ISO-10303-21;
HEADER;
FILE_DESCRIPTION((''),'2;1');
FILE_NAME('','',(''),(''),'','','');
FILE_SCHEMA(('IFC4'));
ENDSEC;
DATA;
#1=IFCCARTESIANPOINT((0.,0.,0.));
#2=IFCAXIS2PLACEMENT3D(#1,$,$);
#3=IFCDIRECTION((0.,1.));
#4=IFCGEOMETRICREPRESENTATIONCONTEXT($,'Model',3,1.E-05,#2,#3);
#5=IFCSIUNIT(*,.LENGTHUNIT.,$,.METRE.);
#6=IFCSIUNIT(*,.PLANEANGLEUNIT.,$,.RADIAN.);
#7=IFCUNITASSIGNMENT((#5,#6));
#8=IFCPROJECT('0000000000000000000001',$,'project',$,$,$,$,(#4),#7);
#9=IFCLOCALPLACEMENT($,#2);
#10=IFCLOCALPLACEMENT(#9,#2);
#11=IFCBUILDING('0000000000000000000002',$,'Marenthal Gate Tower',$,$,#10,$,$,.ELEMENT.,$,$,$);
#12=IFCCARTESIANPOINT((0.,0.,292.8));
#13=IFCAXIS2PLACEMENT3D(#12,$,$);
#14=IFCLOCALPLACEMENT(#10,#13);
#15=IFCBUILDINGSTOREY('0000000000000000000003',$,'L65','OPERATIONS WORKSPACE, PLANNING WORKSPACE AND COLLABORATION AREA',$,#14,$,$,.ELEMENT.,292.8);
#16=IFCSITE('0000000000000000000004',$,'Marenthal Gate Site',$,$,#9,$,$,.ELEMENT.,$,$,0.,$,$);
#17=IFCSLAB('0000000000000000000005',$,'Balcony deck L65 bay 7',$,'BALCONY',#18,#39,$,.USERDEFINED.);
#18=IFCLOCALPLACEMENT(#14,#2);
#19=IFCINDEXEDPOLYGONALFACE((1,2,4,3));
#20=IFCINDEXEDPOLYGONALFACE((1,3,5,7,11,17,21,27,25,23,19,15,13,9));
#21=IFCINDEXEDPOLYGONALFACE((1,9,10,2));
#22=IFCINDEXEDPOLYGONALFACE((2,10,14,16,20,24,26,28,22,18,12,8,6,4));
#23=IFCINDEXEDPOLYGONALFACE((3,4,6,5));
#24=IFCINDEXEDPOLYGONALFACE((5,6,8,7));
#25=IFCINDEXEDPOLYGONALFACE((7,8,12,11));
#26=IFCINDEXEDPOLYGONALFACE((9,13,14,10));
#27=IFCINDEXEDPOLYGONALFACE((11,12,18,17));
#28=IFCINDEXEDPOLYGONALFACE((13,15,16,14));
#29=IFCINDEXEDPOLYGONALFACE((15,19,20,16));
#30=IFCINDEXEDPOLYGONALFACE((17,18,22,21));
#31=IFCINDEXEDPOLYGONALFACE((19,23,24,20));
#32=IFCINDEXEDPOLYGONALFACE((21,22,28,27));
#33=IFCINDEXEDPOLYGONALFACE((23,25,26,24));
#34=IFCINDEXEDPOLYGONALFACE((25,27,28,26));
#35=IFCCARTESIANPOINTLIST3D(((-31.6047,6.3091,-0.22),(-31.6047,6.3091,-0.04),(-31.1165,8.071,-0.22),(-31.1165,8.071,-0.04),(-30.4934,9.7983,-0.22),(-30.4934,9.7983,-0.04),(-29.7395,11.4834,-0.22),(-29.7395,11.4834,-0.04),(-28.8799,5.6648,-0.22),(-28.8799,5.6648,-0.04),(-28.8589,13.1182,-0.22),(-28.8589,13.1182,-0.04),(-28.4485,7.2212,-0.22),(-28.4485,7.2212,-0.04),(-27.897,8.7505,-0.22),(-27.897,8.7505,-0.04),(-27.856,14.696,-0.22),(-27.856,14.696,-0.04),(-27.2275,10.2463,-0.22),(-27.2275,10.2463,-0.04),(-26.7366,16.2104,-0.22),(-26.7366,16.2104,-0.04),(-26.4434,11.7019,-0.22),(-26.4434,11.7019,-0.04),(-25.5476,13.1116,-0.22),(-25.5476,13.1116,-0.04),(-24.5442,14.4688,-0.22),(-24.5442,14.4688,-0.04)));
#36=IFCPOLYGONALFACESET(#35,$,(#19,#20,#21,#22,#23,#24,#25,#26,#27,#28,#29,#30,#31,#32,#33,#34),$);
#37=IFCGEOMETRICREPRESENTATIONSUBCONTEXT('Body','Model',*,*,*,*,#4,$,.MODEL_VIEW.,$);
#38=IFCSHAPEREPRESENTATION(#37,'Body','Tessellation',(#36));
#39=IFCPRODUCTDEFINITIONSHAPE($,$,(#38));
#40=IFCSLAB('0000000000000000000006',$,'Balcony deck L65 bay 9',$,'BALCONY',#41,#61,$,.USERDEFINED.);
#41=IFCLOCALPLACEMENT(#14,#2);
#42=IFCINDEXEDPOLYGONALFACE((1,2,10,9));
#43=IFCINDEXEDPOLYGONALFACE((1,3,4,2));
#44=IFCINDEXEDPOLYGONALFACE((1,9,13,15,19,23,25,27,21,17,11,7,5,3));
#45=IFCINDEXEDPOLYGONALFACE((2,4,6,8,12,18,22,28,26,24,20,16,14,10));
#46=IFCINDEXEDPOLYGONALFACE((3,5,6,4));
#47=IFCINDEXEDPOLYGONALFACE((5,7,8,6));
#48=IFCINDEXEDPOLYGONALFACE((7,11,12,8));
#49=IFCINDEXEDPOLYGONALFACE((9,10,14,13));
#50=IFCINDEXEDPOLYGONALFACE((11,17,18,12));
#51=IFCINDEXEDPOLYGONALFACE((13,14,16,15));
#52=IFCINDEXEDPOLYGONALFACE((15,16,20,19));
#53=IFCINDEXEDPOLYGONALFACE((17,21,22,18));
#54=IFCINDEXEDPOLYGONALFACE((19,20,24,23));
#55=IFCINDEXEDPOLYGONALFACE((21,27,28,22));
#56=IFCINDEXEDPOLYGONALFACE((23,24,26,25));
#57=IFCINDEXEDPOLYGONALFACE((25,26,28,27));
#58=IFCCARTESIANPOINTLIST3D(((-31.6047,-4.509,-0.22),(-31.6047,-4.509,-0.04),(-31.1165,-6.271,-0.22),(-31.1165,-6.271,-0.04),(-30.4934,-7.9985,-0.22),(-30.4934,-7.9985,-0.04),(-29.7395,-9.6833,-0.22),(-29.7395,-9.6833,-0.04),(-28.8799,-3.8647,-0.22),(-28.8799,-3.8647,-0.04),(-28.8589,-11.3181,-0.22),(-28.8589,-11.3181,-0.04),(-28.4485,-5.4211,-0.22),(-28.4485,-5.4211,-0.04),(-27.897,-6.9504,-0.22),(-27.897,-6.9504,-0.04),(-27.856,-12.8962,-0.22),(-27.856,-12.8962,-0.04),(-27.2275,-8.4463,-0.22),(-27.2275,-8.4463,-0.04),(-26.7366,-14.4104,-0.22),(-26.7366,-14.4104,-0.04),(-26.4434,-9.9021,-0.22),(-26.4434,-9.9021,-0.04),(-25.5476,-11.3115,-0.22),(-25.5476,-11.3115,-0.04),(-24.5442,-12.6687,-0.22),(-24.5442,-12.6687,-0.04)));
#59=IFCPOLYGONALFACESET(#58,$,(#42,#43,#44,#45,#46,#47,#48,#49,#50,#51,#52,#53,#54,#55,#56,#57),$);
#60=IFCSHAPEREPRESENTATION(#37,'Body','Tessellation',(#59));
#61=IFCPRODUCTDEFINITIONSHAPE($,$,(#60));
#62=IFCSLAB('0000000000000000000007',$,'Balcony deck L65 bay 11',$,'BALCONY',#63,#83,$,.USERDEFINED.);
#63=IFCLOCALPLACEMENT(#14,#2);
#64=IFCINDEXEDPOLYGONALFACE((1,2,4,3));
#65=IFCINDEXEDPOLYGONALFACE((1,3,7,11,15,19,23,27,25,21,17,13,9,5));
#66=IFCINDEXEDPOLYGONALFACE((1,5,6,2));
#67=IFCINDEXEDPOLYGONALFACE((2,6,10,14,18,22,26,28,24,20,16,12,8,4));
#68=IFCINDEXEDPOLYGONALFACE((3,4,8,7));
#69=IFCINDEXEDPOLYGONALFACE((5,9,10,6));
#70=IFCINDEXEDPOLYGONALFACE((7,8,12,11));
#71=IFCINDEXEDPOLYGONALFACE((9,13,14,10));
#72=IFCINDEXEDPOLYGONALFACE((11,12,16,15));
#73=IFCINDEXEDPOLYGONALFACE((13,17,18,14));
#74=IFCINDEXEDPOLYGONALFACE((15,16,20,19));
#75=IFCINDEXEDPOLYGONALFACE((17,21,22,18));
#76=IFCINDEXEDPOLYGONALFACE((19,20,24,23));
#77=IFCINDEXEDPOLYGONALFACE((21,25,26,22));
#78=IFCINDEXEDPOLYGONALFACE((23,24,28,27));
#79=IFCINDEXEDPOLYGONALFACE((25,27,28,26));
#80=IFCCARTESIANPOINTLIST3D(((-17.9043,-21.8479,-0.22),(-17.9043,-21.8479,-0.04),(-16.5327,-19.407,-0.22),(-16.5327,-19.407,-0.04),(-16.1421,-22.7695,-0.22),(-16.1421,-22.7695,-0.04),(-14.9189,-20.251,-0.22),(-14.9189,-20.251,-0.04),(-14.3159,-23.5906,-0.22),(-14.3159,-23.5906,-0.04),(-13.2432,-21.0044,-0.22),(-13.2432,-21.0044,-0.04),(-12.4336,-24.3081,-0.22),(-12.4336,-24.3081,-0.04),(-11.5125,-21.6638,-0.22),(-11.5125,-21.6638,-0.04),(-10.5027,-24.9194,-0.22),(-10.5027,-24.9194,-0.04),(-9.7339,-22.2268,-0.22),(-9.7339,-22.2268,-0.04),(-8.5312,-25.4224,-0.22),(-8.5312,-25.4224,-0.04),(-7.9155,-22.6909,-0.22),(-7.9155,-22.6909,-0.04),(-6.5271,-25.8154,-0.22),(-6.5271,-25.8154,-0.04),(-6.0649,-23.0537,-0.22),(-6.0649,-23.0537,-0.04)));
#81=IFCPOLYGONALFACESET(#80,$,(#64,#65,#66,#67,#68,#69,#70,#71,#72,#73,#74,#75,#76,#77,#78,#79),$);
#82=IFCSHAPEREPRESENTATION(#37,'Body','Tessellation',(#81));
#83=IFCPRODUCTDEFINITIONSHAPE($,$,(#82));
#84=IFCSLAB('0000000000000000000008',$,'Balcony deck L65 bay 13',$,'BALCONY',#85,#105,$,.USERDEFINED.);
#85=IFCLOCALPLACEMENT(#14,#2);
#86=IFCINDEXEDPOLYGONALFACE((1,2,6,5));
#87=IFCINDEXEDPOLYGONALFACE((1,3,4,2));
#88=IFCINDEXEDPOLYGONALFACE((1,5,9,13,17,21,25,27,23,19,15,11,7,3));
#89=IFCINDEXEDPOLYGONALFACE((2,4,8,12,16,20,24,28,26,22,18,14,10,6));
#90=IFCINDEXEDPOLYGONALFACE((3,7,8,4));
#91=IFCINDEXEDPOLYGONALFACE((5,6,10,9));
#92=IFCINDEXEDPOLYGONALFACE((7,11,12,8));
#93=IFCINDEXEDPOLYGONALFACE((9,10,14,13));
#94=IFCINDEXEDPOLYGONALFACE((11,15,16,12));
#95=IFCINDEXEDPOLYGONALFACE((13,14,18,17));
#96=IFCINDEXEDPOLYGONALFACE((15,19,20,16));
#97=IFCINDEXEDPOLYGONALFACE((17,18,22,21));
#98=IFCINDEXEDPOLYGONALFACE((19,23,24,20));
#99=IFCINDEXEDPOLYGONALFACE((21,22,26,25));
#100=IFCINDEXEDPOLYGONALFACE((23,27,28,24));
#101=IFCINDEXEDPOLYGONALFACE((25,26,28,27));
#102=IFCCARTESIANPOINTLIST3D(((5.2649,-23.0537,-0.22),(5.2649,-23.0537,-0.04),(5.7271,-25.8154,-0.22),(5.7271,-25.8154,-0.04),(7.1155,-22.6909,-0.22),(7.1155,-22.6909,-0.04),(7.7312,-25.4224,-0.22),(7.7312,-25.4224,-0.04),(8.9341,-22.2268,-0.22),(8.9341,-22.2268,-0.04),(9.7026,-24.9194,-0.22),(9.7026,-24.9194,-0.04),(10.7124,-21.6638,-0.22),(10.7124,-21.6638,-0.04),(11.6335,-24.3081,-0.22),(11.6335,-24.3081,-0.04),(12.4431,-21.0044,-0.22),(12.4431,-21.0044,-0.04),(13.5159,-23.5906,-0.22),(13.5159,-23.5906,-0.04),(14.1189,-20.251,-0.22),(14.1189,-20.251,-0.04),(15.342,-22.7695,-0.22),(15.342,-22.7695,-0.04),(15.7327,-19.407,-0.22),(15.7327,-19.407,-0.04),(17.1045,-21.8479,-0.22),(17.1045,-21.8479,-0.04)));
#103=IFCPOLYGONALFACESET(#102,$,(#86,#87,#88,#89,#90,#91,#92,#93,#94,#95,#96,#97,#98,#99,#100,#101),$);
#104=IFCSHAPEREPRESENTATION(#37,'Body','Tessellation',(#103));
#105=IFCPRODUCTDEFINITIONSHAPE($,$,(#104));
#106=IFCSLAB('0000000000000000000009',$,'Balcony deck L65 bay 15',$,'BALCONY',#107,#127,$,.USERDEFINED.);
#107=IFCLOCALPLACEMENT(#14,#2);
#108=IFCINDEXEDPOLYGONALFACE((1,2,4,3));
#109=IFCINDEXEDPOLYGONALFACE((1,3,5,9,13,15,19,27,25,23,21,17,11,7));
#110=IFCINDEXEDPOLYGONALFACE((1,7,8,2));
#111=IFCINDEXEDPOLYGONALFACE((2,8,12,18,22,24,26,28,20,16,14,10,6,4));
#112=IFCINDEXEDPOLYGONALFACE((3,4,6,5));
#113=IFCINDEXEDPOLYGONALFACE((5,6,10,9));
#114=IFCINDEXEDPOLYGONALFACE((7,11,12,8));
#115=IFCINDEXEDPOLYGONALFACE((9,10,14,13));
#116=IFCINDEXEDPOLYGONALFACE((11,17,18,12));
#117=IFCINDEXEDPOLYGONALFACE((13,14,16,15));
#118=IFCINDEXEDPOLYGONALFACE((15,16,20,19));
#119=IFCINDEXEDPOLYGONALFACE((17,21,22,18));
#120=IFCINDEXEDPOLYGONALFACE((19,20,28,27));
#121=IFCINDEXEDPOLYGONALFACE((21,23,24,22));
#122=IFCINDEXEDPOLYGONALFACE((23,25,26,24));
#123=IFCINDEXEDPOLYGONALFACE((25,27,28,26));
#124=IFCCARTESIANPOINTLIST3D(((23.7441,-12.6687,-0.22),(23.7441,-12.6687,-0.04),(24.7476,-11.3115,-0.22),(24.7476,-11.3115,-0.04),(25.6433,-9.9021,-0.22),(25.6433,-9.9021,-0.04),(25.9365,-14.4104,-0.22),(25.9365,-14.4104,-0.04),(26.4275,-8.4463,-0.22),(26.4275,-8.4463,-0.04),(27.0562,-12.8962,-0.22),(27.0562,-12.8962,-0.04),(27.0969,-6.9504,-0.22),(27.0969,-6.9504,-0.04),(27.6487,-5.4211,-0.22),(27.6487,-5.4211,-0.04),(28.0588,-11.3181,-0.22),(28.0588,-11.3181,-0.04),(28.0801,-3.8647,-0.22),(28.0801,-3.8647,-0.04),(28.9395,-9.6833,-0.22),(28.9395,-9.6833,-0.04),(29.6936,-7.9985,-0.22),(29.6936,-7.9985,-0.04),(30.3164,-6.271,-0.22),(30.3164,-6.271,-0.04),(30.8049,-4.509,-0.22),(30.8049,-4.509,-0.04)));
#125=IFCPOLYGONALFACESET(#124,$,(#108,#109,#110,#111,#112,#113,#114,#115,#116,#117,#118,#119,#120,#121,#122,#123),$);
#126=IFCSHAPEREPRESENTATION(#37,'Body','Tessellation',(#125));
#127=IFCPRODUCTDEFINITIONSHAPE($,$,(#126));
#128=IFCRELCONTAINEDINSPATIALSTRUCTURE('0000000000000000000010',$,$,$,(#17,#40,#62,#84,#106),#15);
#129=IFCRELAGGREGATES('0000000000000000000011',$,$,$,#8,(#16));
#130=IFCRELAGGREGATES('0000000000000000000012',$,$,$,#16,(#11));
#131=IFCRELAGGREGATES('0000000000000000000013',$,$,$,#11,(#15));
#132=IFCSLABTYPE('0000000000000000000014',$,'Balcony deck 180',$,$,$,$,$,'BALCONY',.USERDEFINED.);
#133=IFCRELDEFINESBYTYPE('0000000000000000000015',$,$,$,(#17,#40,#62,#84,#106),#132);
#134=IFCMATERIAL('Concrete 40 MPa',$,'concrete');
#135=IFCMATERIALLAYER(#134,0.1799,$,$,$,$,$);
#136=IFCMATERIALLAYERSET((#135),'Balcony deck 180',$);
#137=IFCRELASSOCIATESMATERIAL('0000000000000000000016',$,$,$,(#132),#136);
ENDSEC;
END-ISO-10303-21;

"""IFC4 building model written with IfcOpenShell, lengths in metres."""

from ifc_helpers import new_model, si_unit, direction, frame, origin, place, context, subcontext, project, spatial, polyline, outline, extrude, material, layer, layer_set, type_object, element, save


model = new_model("IFC4")

# Units and contexts
model_context = context("Model", 3, precision=1e-05, world=origin(), true_north=direction((0.0, 1.0)))
body_context = subcontext(model_context, "Body", "Model", "MODEL_VIEW")
ifc_project = project(units=[si_unit("LENGTHUNIT", "METRE"), si_unit("PLANEANGLEUNIT", "RADIAN")], contexts=[model_context])

# Site, building, storey
site_placement = place(None, origin())
site = spatial("IfcSite", under=ifc_project, at=site_placement, Name="Marenthal Gate Site", CompositionType="ELEMENT", RefElevation=0.0)
building_placement = place(site_placement, origin())
building = spatial("IfcBuilding", under=site, at=building_placement, Name="Marenthal Gate Tower", CompositionType="ELEMENT")
storey_placement = place(building_placement, frame((0.0, 0.0, 292.8)))
storey = spatial("IfcBuildingStorey", under=building, at=storey_placement, Name="L65", Description="OPERATIONS WORKSPACE, PLANNING WORKSPACE AND COLLABORATION AREA", CompositionType="ELEMENT", Elevation=292.8)

# Slabs
ifc_material_1 = material(Name="Concrete 40 MPa", Category="concrete")
ifc_layer_1 = layer(ifc_material_1, 0.1799)
ifc_layer_set_1 = layer_set([ifc_layer_1], Name="Balcony deck 180")
slab_type_1 = type_object("IfcSlabType", Name="Balcony deck 180", ElementType="BALCONY", PredefinedType="USERDEFINED", material=ifc_layer_set_1)
slab_1_placement = place(storey_placement, frame((0.0, 0.0, -0.22)))
element("IfcSlab", 1, at=slab_1_placement, inside=storey, type_object=slab_type_1, Name="Balcony deck L65 bay 7", ObjectType="BALCONY", PredefinedType="USERDEFINED", context=body_context, shape_type="SweptSolid", body=[
    extrude(outline(polyline([(-24.5442, 14.4688), (-25.5476, 13.1116), (-26.4434, 11.7019), (-27.2275, 10.2463), (-27.897, 8.7505), (-28.4485, 7.2212), (-28.8799, 5.6648), (-31.6047, 6.3091), (-31.1165, 8.071), (-30.4934, 9.7983), (-29.7395, 11.4834), (-28.8589, 13.1182), (-27.856, 14.696), (-26.7366, 16.2104), (-24.5442, 14.4688)])), origin(), (0.0, 0.0, 1.0), 0.1799),
])
slab_2_placement = place(storey_placement, frame((0.0, 0.0, -0.22)))
element("IfcSlab", 2, at=slab_2_placement, inside=storey, type_object=slab_type_1, Name="Balcony deck L65 bay 9", ObjectType="BALCONY", PredefinedType="USERDEFINED", context=body_context, shape_type="SweptSolid", body=[
    extrude(outline(polyline([(-28.8799, -3.8647), (-28.4485, -5.4211), (-27.897, -6.9504), (-27.2275, -8.4463), (-26.4434, -9.9021), (-25.5476, -11.3115), (-24.5442, -12.6687), (-26.7366, -14.4104), (-27.856, -12.8962), (-28.8589, -11.3181), (-29.7395, -9.6833), (-30.4934, -7.9985), (-31.1165, -6.271), (-31.6047, -4.509), (-28.8799, -3.8647)])), origin(), (0.0, 0.0, 1.0), 0.1799),
])
slab_3_placement = place(storey_placement, frame((0.0, 0.0, -0.22)))
element("IfcSlab", 3, at=slab_3_placement, inside=storey, type_object=slab_type_1, Name="Balcony deck L65 bay 11", ObjectType="BALCONY", PredefinedType="USERDEFINED", context=body_context, shape_type="SweptSolid", body=[
    extrude(outline(polyline([(-16.5327, -19.407), (-14.9189, -20.251), (-13.2432, -21.0044), (-11.5125, -21.6638), (-9.7339, -22.2268), (-7.9155, -22.6909), (-6.0649, -23.0537), (-6.5271, -25.8154), (-8.5312, -25.4224), (-10.5027, -24.9194), (-12.4336, -24.3081), (-14.3159, -23.5906), (-16.1421, -22.7695), (-17.9043, -21.8479), (-16.5327, -19.407)])), origin(), (0.0, 0.0, 1.0), 0.1799),
])
slab_4_placement = place(storey_placement, frame((0.0, 0.0, -0.22)))
element("IfcSlab", 4, at=slab_4_placement, inside=storey, type_object=slab_type_1, Name="Balcony deck L65 bay 13", ObjectType="BALCONY", PredefinedType="USERDEFINED", context=body_context, shape_type="SweptSolid", body=[
    extrude(outline(polyline([(5.2649, -23.0537), (7.1155, -22.6909), (8.9341, -22.2268), (10.7124, -21.6638), (12.4431, -21.0044), (14.1189, -20.251), (15.7327, -19.407), (17.1045, -21.8479), (15.342, -22.7695), (13.5159, -23.5906), (11.6335, -24.3081), (9.7026, -24.9194), (7.7312, -25.4224), (5.7271, -25.8154), (5.2649, -23.0537)])), origin(), (0.0, 0.0, 1.0), 0.1799),
])
slab_5_placement = place(storey_placement, frame((0.0, 0.0, -0.22)))
element("IfcSlab", 5, at=slab_5_placement, inside=storey, type_object=slab_type_1, Name="Balcony deck L65 bay 15", ObjectType="BALCONY", PredefinedType="USERDEFINED", context=body_context, shape_type="SweptSolid", body=[
    extrude(outline(polyline([(23.7441, -12.6687), (24.7476, -11.3115), (25.6433, -9.9021), (26.4275, -8.4463), (27.0969, -6.9504), (27.6487, -5.4211), (28.0801, -3.8647), (30.8049, -4.509), (30.3164, -6.271), (29.6936, -7.9985), (28.9395, -9.6833), (28.0588, -11.3181), (27.0562, -12.8962), (25.9365, -14.4104), (23.7441, -12.6687)])), origin(), (0.0, 0.0, 1.0), 0.1799),
])

save(model, "model.ifc")
